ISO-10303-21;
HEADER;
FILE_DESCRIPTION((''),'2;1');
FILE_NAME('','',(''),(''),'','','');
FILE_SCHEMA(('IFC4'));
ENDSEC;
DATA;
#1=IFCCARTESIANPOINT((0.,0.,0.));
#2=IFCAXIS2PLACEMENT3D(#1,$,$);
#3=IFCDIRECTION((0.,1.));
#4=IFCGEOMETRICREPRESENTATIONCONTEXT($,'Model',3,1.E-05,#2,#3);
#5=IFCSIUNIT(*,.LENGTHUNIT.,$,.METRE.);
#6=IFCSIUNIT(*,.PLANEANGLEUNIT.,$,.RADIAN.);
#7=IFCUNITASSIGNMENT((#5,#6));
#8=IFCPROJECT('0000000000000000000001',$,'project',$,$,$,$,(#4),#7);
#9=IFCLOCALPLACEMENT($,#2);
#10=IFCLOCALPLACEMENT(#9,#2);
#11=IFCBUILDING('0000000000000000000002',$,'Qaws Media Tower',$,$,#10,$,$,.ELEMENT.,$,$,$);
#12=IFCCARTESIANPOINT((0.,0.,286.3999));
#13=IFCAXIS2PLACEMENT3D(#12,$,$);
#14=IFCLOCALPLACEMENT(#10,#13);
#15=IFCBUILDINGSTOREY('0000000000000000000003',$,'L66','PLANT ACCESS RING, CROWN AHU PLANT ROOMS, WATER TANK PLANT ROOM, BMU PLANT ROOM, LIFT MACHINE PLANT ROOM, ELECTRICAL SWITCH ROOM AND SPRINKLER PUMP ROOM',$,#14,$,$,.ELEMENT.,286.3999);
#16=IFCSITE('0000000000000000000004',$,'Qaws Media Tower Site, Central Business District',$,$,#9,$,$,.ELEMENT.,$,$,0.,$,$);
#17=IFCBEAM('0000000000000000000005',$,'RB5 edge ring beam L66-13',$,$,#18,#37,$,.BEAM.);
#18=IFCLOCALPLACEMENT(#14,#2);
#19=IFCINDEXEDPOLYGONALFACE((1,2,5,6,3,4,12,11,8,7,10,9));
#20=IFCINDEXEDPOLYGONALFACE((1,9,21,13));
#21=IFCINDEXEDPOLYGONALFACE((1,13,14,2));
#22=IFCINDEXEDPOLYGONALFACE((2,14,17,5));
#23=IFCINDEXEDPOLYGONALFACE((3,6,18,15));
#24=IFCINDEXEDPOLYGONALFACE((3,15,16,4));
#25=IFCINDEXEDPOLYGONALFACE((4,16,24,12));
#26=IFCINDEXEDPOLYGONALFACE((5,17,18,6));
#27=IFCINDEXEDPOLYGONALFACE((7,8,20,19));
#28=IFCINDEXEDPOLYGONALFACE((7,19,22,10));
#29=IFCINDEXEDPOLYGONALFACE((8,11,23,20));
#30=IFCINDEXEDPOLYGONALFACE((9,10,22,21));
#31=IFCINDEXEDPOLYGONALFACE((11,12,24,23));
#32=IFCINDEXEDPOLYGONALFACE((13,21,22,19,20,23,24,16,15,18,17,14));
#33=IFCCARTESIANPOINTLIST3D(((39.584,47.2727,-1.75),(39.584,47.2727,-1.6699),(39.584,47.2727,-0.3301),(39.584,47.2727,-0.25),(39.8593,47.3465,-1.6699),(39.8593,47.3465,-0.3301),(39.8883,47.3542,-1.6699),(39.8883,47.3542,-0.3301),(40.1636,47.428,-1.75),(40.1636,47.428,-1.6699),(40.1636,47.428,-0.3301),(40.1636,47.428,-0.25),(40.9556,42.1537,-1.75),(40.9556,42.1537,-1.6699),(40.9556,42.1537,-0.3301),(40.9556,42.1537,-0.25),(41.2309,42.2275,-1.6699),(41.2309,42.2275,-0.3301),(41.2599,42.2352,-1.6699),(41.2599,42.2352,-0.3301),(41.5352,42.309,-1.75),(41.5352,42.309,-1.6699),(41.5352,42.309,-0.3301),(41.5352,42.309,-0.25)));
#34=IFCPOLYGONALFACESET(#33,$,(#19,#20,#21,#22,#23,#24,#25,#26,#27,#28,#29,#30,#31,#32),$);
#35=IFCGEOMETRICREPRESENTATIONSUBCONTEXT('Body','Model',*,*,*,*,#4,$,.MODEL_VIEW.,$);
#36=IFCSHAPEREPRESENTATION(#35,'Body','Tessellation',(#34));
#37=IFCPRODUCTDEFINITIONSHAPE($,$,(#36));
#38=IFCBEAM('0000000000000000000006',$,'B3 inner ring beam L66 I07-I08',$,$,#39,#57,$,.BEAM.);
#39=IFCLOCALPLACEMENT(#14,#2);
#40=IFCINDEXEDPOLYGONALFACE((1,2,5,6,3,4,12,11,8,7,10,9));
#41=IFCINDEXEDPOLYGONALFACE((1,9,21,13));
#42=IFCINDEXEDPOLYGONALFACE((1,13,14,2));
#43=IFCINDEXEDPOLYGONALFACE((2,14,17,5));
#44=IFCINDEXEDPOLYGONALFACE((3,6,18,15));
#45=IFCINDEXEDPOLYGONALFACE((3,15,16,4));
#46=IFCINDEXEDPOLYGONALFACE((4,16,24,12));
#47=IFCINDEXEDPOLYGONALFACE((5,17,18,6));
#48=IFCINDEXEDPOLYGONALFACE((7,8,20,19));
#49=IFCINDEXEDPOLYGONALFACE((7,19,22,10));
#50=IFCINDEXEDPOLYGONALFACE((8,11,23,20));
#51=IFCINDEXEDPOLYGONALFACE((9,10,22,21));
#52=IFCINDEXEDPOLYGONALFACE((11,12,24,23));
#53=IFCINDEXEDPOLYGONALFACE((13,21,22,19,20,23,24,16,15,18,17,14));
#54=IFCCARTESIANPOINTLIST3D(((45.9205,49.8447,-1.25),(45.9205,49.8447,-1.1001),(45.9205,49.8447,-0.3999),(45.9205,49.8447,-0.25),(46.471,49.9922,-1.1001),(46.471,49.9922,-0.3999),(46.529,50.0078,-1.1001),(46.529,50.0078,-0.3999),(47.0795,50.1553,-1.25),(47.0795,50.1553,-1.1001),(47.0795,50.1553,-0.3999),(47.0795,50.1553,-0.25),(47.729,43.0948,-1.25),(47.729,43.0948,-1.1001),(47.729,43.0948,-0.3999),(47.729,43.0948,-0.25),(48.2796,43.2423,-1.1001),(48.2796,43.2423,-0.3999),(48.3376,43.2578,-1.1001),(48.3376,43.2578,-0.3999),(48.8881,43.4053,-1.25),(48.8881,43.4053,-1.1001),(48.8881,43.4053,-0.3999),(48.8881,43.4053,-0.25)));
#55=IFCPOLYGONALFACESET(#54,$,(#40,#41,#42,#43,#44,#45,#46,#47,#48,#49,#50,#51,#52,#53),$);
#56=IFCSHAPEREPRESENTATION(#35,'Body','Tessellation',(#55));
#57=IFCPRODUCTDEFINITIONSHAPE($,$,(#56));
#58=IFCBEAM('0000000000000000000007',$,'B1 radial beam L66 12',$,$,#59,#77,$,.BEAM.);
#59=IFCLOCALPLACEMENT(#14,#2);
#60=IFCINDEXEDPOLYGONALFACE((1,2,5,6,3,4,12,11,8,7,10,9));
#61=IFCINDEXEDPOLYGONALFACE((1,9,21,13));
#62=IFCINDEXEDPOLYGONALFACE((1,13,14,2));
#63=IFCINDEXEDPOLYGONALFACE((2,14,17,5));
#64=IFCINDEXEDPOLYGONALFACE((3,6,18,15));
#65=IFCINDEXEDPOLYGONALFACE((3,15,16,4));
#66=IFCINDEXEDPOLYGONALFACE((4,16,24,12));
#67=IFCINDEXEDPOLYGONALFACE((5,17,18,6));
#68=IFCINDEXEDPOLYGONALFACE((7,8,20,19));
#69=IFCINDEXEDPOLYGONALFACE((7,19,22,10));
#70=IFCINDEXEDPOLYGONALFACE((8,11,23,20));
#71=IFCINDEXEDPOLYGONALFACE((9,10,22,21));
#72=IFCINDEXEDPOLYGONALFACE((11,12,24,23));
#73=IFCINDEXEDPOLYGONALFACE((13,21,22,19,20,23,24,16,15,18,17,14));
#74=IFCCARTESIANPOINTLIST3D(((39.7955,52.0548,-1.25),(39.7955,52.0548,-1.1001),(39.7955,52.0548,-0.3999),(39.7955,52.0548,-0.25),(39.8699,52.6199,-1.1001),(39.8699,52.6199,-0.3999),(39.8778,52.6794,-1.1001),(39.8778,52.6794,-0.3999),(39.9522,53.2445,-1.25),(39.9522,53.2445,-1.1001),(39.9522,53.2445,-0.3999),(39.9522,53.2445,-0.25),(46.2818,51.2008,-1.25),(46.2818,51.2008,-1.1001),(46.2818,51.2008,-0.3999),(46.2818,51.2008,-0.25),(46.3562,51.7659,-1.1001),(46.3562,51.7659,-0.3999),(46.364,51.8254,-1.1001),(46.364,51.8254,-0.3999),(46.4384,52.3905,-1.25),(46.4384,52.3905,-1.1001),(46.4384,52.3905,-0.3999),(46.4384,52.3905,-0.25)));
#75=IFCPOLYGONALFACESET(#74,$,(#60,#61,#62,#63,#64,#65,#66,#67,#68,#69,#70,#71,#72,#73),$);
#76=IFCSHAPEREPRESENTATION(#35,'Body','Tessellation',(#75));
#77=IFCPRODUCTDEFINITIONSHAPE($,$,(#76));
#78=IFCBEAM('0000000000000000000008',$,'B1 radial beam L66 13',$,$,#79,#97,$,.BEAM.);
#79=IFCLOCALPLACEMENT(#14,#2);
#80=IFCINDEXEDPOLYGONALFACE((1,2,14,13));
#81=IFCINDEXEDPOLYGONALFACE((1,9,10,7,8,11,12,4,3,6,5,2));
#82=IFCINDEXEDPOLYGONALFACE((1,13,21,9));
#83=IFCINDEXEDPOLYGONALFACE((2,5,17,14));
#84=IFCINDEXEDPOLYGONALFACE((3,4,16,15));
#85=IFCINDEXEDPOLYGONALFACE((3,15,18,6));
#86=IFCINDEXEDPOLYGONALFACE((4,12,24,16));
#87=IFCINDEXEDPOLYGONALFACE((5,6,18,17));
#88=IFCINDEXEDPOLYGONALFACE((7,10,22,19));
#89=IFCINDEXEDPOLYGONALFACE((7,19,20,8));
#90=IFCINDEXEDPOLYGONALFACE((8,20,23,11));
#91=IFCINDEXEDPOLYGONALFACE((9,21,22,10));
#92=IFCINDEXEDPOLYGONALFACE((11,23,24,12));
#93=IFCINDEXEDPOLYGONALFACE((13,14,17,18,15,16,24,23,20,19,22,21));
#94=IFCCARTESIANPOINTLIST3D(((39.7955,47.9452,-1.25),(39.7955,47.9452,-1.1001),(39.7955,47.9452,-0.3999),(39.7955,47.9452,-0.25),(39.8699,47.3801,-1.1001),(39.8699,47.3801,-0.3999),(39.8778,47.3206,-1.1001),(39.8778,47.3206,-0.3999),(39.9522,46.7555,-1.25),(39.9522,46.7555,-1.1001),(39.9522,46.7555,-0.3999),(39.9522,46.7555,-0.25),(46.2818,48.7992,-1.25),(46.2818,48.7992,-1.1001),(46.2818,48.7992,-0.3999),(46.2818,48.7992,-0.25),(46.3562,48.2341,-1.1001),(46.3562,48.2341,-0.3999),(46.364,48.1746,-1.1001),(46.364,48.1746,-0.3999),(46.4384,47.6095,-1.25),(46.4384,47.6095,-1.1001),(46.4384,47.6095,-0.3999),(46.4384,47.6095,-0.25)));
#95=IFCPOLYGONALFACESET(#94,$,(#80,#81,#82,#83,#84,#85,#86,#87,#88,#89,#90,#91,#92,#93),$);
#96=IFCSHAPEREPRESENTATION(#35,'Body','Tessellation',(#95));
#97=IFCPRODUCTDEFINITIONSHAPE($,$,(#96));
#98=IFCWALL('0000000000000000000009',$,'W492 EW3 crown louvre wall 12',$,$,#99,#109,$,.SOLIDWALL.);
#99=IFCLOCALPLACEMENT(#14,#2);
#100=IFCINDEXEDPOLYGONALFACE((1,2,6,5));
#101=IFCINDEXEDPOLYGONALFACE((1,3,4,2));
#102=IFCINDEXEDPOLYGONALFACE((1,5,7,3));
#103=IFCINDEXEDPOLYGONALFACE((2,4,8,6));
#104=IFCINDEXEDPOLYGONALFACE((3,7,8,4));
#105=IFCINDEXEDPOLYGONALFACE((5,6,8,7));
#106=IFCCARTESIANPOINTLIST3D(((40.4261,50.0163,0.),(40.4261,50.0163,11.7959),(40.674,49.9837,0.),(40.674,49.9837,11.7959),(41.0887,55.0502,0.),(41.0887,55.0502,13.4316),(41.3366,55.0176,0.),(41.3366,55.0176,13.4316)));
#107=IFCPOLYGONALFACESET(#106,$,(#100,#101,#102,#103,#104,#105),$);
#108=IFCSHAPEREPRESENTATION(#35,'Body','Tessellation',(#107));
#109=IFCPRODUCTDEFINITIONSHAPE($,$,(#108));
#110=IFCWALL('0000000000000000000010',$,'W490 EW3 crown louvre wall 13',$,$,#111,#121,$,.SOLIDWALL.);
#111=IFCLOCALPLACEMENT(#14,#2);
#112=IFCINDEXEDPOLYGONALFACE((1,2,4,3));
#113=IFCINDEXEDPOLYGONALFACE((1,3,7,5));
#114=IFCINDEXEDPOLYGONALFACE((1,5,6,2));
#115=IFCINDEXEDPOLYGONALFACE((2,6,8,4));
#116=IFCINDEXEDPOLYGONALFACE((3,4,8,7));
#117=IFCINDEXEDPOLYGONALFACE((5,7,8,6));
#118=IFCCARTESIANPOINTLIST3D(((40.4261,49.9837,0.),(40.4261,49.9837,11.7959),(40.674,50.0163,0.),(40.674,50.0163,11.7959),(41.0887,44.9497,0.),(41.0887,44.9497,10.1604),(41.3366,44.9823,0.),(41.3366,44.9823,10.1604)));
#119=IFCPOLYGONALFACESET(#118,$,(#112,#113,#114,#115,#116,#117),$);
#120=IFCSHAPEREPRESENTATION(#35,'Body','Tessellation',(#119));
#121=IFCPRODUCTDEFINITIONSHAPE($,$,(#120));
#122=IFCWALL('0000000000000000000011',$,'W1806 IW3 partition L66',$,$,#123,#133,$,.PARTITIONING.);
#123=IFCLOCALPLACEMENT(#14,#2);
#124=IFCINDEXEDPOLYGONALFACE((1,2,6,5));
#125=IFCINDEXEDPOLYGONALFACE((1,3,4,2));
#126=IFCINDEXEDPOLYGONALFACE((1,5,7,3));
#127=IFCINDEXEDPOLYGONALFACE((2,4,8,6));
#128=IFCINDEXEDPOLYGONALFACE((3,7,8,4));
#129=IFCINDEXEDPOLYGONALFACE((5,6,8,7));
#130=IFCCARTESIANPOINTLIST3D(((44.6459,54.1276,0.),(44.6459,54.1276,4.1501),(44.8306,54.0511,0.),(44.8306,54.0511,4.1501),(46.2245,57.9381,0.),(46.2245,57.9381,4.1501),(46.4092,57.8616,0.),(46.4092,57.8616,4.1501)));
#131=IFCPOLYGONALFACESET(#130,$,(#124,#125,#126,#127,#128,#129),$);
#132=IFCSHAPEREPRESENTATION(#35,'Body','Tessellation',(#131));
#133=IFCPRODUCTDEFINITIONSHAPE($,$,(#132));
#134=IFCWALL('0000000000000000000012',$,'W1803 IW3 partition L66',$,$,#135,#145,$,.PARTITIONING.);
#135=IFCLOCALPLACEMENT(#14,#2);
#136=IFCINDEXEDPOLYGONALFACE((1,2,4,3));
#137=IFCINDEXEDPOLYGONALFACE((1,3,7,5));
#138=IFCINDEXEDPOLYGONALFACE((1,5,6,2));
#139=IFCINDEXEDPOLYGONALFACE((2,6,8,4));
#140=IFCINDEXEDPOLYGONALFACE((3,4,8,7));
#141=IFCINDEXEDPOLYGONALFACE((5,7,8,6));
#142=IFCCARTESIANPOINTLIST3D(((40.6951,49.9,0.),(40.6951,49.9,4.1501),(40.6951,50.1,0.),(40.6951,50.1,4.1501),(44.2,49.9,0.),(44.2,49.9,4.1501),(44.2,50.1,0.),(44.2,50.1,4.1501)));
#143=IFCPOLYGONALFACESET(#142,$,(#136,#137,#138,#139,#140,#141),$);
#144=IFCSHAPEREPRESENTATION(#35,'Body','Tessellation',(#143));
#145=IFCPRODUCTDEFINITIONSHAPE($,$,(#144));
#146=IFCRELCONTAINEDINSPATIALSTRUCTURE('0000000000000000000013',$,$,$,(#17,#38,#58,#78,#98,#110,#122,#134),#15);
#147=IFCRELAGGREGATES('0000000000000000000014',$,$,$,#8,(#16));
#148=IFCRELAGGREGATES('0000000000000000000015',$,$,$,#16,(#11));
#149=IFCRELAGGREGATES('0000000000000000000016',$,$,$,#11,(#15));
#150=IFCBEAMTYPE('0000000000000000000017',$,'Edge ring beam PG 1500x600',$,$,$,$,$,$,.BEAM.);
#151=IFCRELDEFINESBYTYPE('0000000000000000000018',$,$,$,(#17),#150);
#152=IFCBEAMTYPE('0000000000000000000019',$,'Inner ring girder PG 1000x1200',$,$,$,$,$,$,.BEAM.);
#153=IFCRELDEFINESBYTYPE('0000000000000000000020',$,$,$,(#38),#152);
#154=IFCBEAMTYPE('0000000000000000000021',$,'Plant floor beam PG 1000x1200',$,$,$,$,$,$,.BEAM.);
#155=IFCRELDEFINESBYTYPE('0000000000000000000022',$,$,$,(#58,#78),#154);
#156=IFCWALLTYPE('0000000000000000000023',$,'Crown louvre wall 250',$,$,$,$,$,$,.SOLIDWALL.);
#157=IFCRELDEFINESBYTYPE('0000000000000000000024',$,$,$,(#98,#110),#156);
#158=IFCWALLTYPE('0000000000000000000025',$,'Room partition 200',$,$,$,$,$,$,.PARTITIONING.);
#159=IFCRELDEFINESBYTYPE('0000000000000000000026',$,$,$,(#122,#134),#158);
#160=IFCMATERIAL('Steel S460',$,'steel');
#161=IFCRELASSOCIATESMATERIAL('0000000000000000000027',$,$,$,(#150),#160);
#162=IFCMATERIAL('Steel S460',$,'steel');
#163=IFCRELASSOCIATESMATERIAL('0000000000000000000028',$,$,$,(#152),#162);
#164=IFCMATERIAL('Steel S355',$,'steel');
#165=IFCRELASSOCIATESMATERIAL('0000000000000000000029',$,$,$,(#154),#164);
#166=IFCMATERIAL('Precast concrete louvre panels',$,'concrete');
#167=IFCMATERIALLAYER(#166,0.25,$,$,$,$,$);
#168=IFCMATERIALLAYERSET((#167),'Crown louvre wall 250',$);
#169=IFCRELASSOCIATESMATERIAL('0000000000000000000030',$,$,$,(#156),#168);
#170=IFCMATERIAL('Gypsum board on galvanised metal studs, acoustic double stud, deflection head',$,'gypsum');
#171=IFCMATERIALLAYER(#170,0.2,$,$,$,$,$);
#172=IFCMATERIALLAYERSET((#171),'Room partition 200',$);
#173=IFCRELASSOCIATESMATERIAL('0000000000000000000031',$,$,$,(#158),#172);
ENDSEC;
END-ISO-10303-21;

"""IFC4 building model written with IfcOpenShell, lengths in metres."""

from ifc_helpers import new_model, si_unit, direction, frame, frame_2d, origin, origin_2d, place, context, subcontext, project, spatial, polyline, rectangle, i_section, outline, extrude, material, layer, layer_set, material_profile, profile_set, type_object, element, save


model = new_model("IFC4")

# Units and contexts
model_context = context("Model", 3, precision=1e-05, world=origin(), true_north=direction((0.0, 1.0)))
body_context = subcontext(model_context, "Body", "Model", "MODEL_VIEW")
ifc_project = project(units=[si_unit("LENGTHUNIT", "METRE"), si_unit("PLANEANGLEUNIT", "RADIAN")], contexts=[model_context])

# Site, building, storey
site_placement = place(None, origin())
site = spatial("IfcSite", under=ifc_project, at=site_placement, Name="Qaws Media Tower Site, Central Business District", CompositionType="ELEMENT", RefElevation=0.0)
building_placement = place(site_placement, origin())
building = spatial("IfcBuilding", under=site, at=building_placement, Name="Qaws Media Tower", CompositionType="ELEMENT")
storey_placement = place(building_placement, frame((0.0, 0.0, 286.3999)))
storey = spatial("IfcBuildingStorey", under=building, at=storey_placement, Name="L66", Description="PLANT ACCESS RING, CROWN AHU PLANT ROOMS, WATER TANK PLANT ROOM, BMU PLANT ROOM, LIFT MACHINE PLANT ROOM, ELECTRICAL SWITCH ROOM AND SPRINKLER PUMP ROOM", CompositionType="ELEMENT", Elevation=286.3999)

# Beams
ifc_material_1 = material(Name="Steel S460", Category="steel")
ifc_material_profile_1 = material_profile(ifc_material_1, i_section(OverallWidth=0.6001, OverallDepth=1.5, WebThickness=0.03, FlangeThickness=0.0801, at=origin_2d()), Name="PG 1500x600")
ifc_profile_set_1 = profile_set([ifc_material_profile_1], Name="Steel S460")
beam_type_1 = type_object("IfcBeamType", Name="Edge ring beam PG 1500x600", PredefinedType="BEAM", material=ifc_profile_set_1)
beam_1_placement = place(storey_placement, frame((39.8738, 47.3503, -1.0), z_axis=(0.258815, -0.965927, 0.0), x_axis=(0.965927, 0.258815, 0.0)))
element("IfcBeam", 1, at=beam_1_placement, inside=storey, type_object=beam_type_1, Name="RB5 edge ring beam L66-13", PredefinedType="BEAM", context=body_context, shape_type="SweptSolid", body=[
    extrude(i_section(OverallWidth=0.6001, OverallDepth=1.5, WebThickness=0.03, FlangeThickness=0.0801, at=origin_2d()), origin(), (0.0, 0.0, 1.0), 5.2996),
])
ifc_material_2 = material(Name="Steel S460", Category="steel")
ifc_material_profile_2 = material_profile(ifc_material_2, i_section(OverallWidth=1.2, OverallDepth=1.0, WebThickness=0.0601, FlangeThickness=0.1499, at=origin_2d()), Name="PG 1000x1200")
ifc_profile_set_2 = profile_set([ifc_material_profile_2], Name="Steel S460")
beam_type_2 = type_object("IfcBeamType", Name="Inner ring girder PG 1000x1200", PredefinedType="BEAM", material=ifc_profile_set_2)
beam_2_placement = place(storey_placement, frame((46.5, 50.0, -0.75), z_axis=(0.258811, -0.965928, 0.0), x_axis=(0.965928, 0.258811, 0.0)))
element("IfcBeam", 2, at=beam_2_placement, inside=storey, type_object=beam_type_2, Name="B3 inner ring beam L66 I07-I08", PredefinedType="BEAM", context=body_context, shape_type="SweptSolid", body=[
    extrude(i_section(OverallWidth=1.2, OverallDepth=1.0, WebThickness=0.0601, FlangeThickness=0.1499, at=origin_2d()), origin(), (0.0, 0.0, 1.0), 6.988),
])
ifc_material_3 = material(Name="Steel S355", Category="steel")
ifc_material_profile_3 = material_profile(ifc_material_3, i_section(OverallWidth=1.2, OverallDepth=1.0, WebThickness=0.0601, FlangeThickness=0.1499, at=origin_2d()), Name="PG 1000x1200")
ifc_profile_set_3 = profile_set([ifc_material_profile_3], Name="Steel S355")
beam_type_3 = type_object("IfcBeamType", Name="Plant floor beam PG 1000x1200", PredefinedType="BEAM", material=ifc_profile_set_3)
for number, where, z_axis, x_axis, name in (
    (3, (46.3601, 51.7957, -0.75), (-0.991444, 0.130536, 0.0), (-0.130536, -0.991444, 0.0), "B1 radial beam L66 12"),
    (4, (46.3601, 48.2043, -0.75), (-0.991444, -0.130536, 0.0), (0.130536, -0.991444, 0.0), "B1 radial beam L66 13"),
):
    element("IfcBeam", number, at=place(storey_placement, frame(where, z_axis=z_axis, x_axis=x_axis)), inside=storey, type_object=beam_type_3, Name=name, PredefinedType="BEAM", context=body_context, shape_type="SweptSolid", body=[
        extrude(i_section(OverallWidth=1.2, OverallDepth=1.0, WebThickness=0.0601, FlangeThickness=0.1499, at=origin_2d()), origin(), (0.0, 0.0, 1.0), 6.5422),
    ])

# Walls
ifc_material_4 = material(Name="Precast concrete louvre panels", Category="concrete")
ifc_layer_1 = layer(ifc_material_4, 0.25)
ifc_layer_set_1 = layer_set([ifc_layer_1], Name="Crown louvre wall 250")
wall_type_1 = type_object("IfcWallType", Name="Crown louvre wall 250", PredefinedType="SOLIDWALL", material=ifc_layer_set_1)
wall_1_placement = place(storey_placement, frame((41.2126, 55.0339, 0.0), z_axis=(0.0, 0.0, 1.0), x_axis=(-0.130501, -0.991448, 0.0)))
element("IfcWall", 5, at=wall_1_placement, inside=storey, type_object=wall_type_1, Name="W492 EW3 crown louvre wall 12", PredefinedType="SOLIDWALL", context=body_context, shape_type="SweptSolid", body=[
    extrude(outline(polyline([(0.0, 0.0), (5.0774, 0.0), (5.0774, 11.7959), (0.0, 13.4316), (0.0, 0.0)])), frame((0.0, 0.125, 0.0), z_axis=(0.0, -1.0, 0.0), x_axis=(1.0, 0.0, 0.0)), (0.0, 0.0, 1.0), 0.25),
])
wall_2_placement = place(storey_placement, frame((40.55, 50.0, 0.0), z_axis=(0.0, 0.0, 1.0), x_axis=(0.130501, -0.991448, 0.0)))
element("IfcWall", 6, at=wall_2_placement, inside=storey, type_object=wall_type_1, Name="W490 EW3 crown louvre wall 13", PredefinedType="SOLIDWALL", context=body_context, shape_type="SweptSolid", body=[
    extrude(outline(polyline([(0.0, 0.0), (5.0774, 0.0), (5.0774, 10.1604), (0.0, 11.7959), (0.0, 0.0)])), frame((0.0, 0.125, 0.0), z_axis=(0.0, -1.0, 0.0), x_axis=(1.0, 0.0, 0.0)), (0.0, 0.0, 1.0), 0.25),
])

# Shared definitions
ifc_material_5 = material(Name="Gypsum board on galvanised metal studs, acoustic double stud, deflection head", Category="gypsum")
ifc_layer_2 = layer(ifc_material_5, 0.2)
ifc_layer_set_2 = layer_set([ifc_layer_2], Name="Room partition 200")
wall_type_2 = type_object("IfcWallType", Name="Room partition 200", PredefinedType="PARTITIONING", material=ifc_layer_set_2)

# Walls
wall_3_placement = place(storey_placement, frame((44.7383, 54.0894, 0.0), z_axis=(0.0, 0.0, 1.0), x_axis=(0.382732, 0.92386, 0.0)))
element("IfcWall", 7, at=wall_3_placement, inside=storey, type_object=wall_type_2, Name="W1806 IW3 partition L66", PredefinedType="PARTITIONING", context=body_context, shape_type="SweptSolid", body=[
    extrude(rectangle(XDim=4.1245, YDim=0.2, at=frame_2d((2.0623, 0.0))), origin(), (0.0, 0.0, 1.0), 4.1501),
])
wall_4_placement = place(storey_placement, frame((44.2, 50.0, 0.0), z_axis=(0.0, 0.0, 1.0), x_axis=(-1.0, 0.0, 0.0)))
element("IfcWall", 8, at=wall_4_placement, inside=storey, type_object=wall_type_2, Name="W1803 IW3 partition L66", PredefinedType="PARTITIONING", context=body_context, shape_type="SweptSolid", body=[
    extrude(rectangle(XDim=3.5049, YDim=0.2, at=frame_2d((1.7524, 0.0))), origin(), (0.0, 0.0, 1.0), 4.1501),
])

save(model, "model.ifc")
